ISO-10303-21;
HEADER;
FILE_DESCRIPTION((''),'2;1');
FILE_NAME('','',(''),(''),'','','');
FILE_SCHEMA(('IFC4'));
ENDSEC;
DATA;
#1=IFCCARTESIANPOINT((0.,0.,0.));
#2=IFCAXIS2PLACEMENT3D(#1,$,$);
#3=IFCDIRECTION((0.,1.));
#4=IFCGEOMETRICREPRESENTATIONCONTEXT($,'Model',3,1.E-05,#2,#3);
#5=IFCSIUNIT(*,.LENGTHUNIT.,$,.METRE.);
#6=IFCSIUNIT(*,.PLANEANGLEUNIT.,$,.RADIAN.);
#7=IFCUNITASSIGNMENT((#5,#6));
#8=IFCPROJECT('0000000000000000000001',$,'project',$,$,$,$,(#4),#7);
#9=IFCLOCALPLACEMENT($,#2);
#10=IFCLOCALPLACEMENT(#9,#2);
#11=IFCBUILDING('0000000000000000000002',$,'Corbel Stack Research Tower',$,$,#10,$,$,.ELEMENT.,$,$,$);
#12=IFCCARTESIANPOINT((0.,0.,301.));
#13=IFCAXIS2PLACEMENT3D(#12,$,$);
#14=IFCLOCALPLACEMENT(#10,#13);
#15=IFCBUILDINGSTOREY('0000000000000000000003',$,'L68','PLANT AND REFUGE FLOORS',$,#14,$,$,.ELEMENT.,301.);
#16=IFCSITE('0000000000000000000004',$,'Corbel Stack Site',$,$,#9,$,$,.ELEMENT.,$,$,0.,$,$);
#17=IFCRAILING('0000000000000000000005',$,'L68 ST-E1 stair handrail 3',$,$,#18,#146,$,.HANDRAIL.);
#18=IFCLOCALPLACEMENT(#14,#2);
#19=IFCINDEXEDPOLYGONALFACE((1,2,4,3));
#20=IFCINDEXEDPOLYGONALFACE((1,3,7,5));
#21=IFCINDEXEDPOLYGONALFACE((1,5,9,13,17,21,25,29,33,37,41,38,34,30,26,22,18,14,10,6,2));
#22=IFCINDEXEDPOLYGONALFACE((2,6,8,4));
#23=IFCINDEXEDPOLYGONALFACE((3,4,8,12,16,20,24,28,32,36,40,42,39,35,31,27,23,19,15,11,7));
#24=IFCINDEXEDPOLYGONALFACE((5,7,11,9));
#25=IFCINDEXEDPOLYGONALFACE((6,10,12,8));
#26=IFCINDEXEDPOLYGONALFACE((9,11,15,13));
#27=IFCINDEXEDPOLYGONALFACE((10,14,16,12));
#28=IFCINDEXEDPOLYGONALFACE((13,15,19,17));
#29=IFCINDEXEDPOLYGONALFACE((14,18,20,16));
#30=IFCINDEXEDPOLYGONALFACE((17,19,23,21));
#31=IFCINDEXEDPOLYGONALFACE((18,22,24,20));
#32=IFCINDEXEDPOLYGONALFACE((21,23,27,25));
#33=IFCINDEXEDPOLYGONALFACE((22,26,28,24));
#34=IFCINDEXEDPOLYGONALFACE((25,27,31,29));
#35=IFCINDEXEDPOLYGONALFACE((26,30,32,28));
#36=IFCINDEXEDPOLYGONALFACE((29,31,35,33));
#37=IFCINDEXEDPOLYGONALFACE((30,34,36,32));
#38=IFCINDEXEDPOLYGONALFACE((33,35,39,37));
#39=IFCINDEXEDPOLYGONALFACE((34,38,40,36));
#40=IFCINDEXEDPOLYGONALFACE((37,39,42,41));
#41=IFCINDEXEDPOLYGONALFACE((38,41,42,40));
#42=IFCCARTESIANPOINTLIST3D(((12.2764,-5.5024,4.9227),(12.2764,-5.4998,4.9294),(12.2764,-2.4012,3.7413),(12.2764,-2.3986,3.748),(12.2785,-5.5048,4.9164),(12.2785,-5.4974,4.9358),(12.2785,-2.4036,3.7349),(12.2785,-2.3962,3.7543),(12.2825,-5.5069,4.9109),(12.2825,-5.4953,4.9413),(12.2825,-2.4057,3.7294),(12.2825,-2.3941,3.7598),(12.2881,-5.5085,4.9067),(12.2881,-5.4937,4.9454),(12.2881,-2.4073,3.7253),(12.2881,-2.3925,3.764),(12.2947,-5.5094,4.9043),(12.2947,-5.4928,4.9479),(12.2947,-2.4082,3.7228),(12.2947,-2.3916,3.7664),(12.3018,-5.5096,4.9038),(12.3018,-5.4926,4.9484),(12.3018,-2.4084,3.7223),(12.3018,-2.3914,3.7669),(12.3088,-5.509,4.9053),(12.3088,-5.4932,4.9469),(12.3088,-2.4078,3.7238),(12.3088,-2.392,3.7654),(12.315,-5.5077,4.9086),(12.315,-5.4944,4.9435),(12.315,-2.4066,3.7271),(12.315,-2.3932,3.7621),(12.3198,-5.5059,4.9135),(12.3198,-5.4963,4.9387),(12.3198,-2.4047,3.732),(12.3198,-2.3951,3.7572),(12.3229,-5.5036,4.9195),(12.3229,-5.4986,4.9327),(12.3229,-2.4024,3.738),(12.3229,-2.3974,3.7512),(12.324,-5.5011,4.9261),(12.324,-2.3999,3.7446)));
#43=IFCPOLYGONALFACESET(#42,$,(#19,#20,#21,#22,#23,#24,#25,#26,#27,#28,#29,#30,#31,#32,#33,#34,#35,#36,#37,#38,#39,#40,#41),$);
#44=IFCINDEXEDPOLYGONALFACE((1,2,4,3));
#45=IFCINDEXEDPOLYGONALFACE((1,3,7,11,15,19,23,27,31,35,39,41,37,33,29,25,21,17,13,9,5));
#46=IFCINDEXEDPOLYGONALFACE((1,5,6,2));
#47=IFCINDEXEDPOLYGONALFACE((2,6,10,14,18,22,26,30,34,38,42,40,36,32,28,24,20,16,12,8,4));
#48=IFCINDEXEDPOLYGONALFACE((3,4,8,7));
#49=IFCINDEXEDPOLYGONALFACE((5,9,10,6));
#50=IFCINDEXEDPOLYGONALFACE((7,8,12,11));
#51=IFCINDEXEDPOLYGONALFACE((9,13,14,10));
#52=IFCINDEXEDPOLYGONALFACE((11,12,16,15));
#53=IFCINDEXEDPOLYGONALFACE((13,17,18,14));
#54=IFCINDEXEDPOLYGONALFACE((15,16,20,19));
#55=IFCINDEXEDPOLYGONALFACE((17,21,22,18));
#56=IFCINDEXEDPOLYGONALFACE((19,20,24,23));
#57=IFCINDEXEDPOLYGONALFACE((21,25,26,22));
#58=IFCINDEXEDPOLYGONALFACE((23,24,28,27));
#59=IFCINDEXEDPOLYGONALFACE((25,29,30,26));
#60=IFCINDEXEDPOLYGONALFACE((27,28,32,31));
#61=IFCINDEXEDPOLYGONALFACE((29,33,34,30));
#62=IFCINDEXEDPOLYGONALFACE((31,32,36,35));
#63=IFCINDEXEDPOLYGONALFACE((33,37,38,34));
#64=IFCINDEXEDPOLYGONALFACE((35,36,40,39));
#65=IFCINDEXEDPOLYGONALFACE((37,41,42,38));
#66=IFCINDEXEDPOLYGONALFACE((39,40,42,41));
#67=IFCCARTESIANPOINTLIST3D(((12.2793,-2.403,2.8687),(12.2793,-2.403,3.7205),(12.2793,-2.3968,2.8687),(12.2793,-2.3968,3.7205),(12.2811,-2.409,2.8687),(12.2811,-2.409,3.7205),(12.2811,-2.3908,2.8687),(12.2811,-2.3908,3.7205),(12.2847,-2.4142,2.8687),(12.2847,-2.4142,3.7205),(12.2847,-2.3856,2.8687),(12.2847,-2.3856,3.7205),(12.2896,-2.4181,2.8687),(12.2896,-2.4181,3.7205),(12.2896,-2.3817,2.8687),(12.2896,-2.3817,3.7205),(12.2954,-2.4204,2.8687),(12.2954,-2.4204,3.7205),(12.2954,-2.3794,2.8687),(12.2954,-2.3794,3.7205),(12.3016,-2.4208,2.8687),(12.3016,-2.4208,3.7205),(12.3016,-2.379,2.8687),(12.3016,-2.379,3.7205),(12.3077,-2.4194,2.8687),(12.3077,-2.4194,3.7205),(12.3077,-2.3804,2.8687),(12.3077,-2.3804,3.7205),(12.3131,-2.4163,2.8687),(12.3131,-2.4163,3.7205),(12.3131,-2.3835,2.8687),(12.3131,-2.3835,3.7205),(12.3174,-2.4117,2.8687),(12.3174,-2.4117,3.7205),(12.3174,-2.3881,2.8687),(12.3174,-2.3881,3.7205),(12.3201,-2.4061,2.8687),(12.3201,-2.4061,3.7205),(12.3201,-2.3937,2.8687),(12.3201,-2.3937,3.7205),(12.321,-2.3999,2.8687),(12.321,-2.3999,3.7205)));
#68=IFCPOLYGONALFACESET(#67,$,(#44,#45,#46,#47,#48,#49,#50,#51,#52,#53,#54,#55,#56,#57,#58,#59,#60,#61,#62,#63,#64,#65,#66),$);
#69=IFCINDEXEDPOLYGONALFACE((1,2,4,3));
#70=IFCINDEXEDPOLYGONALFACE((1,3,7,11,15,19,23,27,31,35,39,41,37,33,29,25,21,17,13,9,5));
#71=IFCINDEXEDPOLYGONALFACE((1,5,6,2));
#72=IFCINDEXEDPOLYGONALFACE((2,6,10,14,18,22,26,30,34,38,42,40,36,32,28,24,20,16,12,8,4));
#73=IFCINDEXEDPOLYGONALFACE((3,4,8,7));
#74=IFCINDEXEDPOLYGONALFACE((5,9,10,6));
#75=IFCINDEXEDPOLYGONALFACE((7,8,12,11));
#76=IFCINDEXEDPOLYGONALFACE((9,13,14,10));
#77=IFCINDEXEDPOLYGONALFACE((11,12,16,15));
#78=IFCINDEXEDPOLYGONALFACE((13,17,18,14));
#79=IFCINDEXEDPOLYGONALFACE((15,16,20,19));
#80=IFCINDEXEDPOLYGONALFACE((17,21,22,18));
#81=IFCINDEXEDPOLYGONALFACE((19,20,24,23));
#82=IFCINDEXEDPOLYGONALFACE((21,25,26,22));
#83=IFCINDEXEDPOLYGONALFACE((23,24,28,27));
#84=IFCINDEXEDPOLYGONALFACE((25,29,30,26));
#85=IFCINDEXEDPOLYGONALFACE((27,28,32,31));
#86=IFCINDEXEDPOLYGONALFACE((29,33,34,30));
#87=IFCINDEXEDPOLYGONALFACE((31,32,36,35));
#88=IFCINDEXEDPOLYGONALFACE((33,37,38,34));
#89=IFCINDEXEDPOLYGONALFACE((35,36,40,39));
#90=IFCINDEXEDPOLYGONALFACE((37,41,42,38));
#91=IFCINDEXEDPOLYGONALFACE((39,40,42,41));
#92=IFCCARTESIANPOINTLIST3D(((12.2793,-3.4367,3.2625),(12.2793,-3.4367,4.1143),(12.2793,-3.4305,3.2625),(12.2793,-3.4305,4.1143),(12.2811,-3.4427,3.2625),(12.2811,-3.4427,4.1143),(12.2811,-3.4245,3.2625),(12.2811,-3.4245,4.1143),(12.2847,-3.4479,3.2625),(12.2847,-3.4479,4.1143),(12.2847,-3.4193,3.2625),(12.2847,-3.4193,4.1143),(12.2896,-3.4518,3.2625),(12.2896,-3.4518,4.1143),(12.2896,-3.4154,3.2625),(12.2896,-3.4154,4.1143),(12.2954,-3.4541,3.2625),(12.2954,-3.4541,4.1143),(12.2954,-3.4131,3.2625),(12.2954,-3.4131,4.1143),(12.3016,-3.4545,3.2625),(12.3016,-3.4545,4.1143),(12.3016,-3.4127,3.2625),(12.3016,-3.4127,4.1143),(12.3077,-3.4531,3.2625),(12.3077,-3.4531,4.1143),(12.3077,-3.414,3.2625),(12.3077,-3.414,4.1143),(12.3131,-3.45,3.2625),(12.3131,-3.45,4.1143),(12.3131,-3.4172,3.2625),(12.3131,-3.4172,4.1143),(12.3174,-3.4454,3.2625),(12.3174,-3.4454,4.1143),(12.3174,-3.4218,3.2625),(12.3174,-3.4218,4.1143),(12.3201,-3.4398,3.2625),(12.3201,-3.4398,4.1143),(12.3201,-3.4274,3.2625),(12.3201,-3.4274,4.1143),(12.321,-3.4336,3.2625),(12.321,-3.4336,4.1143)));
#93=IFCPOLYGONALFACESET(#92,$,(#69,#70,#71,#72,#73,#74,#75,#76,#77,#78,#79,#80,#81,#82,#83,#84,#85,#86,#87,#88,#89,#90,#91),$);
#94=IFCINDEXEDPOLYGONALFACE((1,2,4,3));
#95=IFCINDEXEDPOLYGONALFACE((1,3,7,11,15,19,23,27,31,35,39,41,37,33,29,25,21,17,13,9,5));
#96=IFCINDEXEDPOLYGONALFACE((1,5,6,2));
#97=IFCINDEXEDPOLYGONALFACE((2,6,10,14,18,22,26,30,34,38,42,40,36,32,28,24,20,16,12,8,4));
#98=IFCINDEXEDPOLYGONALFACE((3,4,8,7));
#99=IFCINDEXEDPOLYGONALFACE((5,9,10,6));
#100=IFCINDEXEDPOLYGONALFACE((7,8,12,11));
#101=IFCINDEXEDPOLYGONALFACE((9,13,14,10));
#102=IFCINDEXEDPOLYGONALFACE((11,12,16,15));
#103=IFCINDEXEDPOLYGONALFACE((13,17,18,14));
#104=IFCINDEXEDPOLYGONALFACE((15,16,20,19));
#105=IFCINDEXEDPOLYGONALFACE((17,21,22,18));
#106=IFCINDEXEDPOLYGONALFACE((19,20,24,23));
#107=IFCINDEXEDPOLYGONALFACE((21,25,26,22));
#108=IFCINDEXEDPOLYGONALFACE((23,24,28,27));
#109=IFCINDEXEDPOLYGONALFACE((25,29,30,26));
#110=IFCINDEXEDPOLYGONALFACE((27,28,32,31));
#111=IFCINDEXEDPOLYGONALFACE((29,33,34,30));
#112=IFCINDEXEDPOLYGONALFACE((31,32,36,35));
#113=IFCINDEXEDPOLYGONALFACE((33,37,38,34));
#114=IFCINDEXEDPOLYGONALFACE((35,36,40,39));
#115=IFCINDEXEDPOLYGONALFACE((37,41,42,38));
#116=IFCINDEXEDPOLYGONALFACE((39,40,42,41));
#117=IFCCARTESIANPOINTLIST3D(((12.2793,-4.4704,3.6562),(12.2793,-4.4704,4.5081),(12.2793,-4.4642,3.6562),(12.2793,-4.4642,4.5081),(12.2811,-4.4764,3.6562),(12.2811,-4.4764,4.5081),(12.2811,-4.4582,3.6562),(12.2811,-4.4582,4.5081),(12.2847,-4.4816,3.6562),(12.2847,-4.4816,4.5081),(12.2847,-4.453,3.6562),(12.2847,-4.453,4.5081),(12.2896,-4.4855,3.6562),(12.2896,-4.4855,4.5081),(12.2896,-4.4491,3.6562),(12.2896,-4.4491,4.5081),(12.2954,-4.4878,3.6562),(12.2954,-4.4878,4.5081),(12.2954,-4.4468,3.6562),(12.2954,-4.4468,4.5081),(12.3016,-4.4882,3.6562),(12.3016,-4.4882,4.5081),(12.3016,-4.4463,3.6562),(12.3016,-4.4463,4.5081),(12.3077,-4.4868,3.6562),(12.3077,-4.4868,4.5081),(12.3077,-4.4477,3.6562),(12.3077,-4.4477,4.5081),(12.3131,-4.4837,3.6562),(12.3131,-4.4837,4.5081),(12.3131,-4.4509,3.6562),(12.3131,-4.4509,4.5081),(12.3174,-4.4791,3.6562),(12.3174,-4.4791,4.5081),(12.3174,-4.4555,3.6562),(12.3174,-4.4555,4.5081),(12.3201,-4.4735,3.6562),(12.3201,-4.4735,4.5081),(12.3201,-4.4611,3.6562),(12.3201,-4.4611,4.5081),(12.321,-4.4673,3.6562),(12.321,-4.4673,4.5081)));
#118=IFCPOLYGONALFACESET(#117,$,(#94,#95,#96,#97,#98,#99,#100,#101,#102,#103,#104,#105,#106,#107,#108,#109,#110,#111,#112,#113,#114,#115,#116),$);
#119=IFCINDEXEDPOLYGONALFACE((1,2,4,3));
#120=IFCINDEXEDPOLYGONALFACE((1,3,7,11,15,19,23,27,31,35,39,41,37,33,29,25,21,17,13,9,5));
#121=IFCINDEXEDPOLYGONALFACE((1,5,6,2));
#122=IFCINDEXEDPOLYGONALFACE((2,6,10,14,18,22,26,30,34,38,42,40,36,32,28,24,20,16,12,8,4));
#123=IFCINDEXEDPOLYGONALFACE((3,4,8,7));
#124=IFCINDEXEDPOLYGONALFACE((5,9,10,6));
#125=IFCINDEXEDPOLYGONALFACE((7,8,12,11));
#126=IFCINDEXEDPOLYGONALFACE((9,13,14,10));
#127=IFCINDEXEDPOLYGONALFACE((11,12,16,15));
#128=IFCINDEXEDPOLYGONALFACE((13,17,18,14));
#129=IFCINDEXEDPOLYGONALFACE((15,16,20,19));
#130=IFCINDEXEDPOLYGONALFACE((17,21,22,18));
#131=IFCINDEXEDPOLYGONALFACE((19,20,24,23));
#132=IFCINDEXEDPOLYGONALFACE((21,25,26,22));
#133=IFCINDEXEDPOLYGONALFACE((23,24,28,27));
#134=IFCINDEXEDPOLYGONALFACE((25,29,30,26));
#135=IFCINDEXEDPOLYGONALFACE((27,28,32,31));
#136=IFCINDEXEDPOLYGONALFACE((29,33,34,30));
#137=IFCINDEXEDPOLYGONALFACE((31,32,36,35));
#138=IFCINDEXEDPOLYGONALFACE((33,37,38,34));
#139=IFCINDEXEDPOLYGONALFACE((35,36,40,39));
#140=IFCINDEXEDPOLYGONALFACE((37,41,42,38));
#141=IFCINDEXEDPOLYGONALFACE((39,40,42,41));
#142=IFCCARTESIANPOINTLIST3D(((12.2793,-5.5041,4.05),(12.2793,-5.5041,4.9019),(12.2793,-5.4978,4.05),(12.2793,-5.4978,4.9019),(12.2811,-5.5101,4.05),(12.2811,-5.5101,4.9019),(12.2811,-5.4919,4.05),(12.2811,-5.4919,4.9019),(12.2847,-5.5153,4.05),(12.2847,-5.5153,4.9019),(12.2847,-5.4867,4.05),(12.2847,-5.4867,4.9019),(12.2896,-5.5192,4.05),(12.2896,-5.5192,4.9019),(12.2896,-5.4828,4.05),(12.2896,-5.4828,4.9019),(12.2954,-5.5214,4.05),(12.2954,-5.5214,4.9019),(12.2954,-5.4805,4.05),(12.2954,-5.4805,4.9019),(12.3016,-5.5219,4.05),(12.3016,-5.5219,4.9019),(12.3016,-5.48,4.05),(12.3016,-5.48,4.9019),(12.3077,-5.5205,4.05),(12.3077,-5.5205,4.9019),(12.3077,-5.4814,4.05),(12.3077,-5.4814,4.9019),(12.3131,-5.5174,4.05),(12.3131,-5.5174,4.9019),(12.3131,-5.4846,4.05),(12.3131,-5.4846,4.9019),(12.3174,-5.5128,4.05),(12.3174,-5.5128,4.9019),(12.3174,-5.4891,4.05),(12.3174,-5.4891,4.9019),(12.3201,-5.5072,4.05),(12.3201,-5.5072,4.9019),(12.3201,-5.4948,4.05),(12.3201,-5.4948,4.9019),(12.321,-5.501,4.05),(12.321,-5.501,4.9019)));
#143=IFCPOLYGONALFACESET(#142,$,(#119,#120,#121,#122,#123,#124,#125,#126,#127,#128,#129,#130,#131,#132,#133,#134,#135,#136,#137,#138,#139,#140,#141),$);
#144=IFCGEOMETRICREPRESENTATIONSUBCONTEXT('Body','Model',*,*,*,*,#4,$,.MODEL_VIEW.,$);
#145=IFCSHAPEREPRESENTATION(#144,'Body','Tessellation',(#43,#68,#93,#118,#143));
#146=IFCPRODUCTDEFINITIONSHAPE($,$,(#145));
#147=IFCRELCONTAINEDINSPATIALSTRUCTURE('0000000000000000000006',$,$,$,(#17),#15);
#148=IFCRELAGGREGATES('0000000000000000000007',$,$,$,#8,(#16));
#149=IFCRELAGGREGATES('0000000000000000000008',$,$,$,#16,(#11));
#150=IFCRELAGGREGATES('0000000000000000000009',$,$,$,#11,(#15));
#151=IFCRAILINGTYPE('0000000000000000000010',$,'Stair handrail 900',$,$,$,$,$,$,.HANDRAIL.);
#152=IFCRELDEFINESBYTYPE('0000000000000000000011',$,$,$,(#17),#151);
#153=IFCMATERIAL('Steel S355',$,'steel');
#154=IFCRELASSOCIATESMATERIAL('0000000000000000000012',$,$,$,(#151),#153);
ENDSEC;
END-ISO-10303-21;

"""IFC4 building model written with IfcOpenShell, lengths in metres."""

from ifc_helpers import new_model, si_unit, direction, frame, origin, origin_2d, place, context, subcontext, project, spatial, circle, extrude, material, type_object, element, save


model = new_model("IFC4")

# Units and contexts
model_context = context("Model", 3, precision=1e-05, world=origin(), true_north=direction((0.0, 1.0)))
body_context = subcontext(model_context, "Body", "Model", "MODEL_VIEW")
ifc_project = project(units=[si_unit("LENGTHUNIT", "METRE"), si_unit("PLANEANGLEUNIT", "RADIAN")], contexts=[model_context])

# Site, building, storey
site_placement = place(None, origin())
site = spatial("IfcSite", under=ifc_project, at=site_placement, Name="Corbel Stack Site", CompositionType="ELEMENT", RefElevation=0.0)
building_placement = place(site_placement, origin())
building = spatial("IfcBuilding", under=site, at=building_placement, Name="Corbel Stack Research Tower", CompositionType="ELEMENT")
storey_placement = place(building_placement, frame((0.0, 0.0, 301.0)))
storey = spatial("IfcBuildingStorey", under=building, at=storey_placement, Name="L68", Description="PLANT AND REFUGE FLOORS", CompositionType="ELEMENT", Elevation=301.0)

# Railing
ifc_material_1 = material(Name="Steel S355", Category="steel")
railing_type_1 = type_object("IfcRailingType", Name="Stair handrail 900", PredefinedType="HANDRAIL", material=ifc_material_1)
railing_1_placement = place(storey_placement, frame((12.3, -2.3999, 2.8687)))
element("IfcRailing", 1, at=railing_1_placement, inside=storey, type_object=railing_type_1, Name="L68 ST-E1 stair handrail 3", PredefinedType="HANDRAIL", context=body_context, shape_type="SweptSolid", body=[
    extrude(circle(Radius=0.0239, at=origin_2d()), frame((0.0, 0.0, 0.876), z_axis=(0.0, -0.934484, 0.356005), x_axis=(1.0, 0.0, 0.0)), (0.0, 0.0, 1.0), 3.3186),
    extrude(circle(Radius=0.021, at=origin_2d()), origin(), (0.0, 0.0, 1.0), 0.8518),
    extrude(circle(Radius=0.021, at=origin_2d()), frame((0.0, -1.0337, 0.3938)), (0.0, 0.0, 1.0), 0.8518),
    extrude(circle(Radius=0.021, at=origin_2d()), frame((0.0, -2.0674, 0.7876)), (0.0, 0.0, 1.0), 0.8518),
    extrude(circle(Radius=0.021, at=origin_2d()), frame((0.0, -3.1011, 1.1814)), (0.0, 0.0, 1.0), 0.8518),
])

save(model, "model.ifc")
